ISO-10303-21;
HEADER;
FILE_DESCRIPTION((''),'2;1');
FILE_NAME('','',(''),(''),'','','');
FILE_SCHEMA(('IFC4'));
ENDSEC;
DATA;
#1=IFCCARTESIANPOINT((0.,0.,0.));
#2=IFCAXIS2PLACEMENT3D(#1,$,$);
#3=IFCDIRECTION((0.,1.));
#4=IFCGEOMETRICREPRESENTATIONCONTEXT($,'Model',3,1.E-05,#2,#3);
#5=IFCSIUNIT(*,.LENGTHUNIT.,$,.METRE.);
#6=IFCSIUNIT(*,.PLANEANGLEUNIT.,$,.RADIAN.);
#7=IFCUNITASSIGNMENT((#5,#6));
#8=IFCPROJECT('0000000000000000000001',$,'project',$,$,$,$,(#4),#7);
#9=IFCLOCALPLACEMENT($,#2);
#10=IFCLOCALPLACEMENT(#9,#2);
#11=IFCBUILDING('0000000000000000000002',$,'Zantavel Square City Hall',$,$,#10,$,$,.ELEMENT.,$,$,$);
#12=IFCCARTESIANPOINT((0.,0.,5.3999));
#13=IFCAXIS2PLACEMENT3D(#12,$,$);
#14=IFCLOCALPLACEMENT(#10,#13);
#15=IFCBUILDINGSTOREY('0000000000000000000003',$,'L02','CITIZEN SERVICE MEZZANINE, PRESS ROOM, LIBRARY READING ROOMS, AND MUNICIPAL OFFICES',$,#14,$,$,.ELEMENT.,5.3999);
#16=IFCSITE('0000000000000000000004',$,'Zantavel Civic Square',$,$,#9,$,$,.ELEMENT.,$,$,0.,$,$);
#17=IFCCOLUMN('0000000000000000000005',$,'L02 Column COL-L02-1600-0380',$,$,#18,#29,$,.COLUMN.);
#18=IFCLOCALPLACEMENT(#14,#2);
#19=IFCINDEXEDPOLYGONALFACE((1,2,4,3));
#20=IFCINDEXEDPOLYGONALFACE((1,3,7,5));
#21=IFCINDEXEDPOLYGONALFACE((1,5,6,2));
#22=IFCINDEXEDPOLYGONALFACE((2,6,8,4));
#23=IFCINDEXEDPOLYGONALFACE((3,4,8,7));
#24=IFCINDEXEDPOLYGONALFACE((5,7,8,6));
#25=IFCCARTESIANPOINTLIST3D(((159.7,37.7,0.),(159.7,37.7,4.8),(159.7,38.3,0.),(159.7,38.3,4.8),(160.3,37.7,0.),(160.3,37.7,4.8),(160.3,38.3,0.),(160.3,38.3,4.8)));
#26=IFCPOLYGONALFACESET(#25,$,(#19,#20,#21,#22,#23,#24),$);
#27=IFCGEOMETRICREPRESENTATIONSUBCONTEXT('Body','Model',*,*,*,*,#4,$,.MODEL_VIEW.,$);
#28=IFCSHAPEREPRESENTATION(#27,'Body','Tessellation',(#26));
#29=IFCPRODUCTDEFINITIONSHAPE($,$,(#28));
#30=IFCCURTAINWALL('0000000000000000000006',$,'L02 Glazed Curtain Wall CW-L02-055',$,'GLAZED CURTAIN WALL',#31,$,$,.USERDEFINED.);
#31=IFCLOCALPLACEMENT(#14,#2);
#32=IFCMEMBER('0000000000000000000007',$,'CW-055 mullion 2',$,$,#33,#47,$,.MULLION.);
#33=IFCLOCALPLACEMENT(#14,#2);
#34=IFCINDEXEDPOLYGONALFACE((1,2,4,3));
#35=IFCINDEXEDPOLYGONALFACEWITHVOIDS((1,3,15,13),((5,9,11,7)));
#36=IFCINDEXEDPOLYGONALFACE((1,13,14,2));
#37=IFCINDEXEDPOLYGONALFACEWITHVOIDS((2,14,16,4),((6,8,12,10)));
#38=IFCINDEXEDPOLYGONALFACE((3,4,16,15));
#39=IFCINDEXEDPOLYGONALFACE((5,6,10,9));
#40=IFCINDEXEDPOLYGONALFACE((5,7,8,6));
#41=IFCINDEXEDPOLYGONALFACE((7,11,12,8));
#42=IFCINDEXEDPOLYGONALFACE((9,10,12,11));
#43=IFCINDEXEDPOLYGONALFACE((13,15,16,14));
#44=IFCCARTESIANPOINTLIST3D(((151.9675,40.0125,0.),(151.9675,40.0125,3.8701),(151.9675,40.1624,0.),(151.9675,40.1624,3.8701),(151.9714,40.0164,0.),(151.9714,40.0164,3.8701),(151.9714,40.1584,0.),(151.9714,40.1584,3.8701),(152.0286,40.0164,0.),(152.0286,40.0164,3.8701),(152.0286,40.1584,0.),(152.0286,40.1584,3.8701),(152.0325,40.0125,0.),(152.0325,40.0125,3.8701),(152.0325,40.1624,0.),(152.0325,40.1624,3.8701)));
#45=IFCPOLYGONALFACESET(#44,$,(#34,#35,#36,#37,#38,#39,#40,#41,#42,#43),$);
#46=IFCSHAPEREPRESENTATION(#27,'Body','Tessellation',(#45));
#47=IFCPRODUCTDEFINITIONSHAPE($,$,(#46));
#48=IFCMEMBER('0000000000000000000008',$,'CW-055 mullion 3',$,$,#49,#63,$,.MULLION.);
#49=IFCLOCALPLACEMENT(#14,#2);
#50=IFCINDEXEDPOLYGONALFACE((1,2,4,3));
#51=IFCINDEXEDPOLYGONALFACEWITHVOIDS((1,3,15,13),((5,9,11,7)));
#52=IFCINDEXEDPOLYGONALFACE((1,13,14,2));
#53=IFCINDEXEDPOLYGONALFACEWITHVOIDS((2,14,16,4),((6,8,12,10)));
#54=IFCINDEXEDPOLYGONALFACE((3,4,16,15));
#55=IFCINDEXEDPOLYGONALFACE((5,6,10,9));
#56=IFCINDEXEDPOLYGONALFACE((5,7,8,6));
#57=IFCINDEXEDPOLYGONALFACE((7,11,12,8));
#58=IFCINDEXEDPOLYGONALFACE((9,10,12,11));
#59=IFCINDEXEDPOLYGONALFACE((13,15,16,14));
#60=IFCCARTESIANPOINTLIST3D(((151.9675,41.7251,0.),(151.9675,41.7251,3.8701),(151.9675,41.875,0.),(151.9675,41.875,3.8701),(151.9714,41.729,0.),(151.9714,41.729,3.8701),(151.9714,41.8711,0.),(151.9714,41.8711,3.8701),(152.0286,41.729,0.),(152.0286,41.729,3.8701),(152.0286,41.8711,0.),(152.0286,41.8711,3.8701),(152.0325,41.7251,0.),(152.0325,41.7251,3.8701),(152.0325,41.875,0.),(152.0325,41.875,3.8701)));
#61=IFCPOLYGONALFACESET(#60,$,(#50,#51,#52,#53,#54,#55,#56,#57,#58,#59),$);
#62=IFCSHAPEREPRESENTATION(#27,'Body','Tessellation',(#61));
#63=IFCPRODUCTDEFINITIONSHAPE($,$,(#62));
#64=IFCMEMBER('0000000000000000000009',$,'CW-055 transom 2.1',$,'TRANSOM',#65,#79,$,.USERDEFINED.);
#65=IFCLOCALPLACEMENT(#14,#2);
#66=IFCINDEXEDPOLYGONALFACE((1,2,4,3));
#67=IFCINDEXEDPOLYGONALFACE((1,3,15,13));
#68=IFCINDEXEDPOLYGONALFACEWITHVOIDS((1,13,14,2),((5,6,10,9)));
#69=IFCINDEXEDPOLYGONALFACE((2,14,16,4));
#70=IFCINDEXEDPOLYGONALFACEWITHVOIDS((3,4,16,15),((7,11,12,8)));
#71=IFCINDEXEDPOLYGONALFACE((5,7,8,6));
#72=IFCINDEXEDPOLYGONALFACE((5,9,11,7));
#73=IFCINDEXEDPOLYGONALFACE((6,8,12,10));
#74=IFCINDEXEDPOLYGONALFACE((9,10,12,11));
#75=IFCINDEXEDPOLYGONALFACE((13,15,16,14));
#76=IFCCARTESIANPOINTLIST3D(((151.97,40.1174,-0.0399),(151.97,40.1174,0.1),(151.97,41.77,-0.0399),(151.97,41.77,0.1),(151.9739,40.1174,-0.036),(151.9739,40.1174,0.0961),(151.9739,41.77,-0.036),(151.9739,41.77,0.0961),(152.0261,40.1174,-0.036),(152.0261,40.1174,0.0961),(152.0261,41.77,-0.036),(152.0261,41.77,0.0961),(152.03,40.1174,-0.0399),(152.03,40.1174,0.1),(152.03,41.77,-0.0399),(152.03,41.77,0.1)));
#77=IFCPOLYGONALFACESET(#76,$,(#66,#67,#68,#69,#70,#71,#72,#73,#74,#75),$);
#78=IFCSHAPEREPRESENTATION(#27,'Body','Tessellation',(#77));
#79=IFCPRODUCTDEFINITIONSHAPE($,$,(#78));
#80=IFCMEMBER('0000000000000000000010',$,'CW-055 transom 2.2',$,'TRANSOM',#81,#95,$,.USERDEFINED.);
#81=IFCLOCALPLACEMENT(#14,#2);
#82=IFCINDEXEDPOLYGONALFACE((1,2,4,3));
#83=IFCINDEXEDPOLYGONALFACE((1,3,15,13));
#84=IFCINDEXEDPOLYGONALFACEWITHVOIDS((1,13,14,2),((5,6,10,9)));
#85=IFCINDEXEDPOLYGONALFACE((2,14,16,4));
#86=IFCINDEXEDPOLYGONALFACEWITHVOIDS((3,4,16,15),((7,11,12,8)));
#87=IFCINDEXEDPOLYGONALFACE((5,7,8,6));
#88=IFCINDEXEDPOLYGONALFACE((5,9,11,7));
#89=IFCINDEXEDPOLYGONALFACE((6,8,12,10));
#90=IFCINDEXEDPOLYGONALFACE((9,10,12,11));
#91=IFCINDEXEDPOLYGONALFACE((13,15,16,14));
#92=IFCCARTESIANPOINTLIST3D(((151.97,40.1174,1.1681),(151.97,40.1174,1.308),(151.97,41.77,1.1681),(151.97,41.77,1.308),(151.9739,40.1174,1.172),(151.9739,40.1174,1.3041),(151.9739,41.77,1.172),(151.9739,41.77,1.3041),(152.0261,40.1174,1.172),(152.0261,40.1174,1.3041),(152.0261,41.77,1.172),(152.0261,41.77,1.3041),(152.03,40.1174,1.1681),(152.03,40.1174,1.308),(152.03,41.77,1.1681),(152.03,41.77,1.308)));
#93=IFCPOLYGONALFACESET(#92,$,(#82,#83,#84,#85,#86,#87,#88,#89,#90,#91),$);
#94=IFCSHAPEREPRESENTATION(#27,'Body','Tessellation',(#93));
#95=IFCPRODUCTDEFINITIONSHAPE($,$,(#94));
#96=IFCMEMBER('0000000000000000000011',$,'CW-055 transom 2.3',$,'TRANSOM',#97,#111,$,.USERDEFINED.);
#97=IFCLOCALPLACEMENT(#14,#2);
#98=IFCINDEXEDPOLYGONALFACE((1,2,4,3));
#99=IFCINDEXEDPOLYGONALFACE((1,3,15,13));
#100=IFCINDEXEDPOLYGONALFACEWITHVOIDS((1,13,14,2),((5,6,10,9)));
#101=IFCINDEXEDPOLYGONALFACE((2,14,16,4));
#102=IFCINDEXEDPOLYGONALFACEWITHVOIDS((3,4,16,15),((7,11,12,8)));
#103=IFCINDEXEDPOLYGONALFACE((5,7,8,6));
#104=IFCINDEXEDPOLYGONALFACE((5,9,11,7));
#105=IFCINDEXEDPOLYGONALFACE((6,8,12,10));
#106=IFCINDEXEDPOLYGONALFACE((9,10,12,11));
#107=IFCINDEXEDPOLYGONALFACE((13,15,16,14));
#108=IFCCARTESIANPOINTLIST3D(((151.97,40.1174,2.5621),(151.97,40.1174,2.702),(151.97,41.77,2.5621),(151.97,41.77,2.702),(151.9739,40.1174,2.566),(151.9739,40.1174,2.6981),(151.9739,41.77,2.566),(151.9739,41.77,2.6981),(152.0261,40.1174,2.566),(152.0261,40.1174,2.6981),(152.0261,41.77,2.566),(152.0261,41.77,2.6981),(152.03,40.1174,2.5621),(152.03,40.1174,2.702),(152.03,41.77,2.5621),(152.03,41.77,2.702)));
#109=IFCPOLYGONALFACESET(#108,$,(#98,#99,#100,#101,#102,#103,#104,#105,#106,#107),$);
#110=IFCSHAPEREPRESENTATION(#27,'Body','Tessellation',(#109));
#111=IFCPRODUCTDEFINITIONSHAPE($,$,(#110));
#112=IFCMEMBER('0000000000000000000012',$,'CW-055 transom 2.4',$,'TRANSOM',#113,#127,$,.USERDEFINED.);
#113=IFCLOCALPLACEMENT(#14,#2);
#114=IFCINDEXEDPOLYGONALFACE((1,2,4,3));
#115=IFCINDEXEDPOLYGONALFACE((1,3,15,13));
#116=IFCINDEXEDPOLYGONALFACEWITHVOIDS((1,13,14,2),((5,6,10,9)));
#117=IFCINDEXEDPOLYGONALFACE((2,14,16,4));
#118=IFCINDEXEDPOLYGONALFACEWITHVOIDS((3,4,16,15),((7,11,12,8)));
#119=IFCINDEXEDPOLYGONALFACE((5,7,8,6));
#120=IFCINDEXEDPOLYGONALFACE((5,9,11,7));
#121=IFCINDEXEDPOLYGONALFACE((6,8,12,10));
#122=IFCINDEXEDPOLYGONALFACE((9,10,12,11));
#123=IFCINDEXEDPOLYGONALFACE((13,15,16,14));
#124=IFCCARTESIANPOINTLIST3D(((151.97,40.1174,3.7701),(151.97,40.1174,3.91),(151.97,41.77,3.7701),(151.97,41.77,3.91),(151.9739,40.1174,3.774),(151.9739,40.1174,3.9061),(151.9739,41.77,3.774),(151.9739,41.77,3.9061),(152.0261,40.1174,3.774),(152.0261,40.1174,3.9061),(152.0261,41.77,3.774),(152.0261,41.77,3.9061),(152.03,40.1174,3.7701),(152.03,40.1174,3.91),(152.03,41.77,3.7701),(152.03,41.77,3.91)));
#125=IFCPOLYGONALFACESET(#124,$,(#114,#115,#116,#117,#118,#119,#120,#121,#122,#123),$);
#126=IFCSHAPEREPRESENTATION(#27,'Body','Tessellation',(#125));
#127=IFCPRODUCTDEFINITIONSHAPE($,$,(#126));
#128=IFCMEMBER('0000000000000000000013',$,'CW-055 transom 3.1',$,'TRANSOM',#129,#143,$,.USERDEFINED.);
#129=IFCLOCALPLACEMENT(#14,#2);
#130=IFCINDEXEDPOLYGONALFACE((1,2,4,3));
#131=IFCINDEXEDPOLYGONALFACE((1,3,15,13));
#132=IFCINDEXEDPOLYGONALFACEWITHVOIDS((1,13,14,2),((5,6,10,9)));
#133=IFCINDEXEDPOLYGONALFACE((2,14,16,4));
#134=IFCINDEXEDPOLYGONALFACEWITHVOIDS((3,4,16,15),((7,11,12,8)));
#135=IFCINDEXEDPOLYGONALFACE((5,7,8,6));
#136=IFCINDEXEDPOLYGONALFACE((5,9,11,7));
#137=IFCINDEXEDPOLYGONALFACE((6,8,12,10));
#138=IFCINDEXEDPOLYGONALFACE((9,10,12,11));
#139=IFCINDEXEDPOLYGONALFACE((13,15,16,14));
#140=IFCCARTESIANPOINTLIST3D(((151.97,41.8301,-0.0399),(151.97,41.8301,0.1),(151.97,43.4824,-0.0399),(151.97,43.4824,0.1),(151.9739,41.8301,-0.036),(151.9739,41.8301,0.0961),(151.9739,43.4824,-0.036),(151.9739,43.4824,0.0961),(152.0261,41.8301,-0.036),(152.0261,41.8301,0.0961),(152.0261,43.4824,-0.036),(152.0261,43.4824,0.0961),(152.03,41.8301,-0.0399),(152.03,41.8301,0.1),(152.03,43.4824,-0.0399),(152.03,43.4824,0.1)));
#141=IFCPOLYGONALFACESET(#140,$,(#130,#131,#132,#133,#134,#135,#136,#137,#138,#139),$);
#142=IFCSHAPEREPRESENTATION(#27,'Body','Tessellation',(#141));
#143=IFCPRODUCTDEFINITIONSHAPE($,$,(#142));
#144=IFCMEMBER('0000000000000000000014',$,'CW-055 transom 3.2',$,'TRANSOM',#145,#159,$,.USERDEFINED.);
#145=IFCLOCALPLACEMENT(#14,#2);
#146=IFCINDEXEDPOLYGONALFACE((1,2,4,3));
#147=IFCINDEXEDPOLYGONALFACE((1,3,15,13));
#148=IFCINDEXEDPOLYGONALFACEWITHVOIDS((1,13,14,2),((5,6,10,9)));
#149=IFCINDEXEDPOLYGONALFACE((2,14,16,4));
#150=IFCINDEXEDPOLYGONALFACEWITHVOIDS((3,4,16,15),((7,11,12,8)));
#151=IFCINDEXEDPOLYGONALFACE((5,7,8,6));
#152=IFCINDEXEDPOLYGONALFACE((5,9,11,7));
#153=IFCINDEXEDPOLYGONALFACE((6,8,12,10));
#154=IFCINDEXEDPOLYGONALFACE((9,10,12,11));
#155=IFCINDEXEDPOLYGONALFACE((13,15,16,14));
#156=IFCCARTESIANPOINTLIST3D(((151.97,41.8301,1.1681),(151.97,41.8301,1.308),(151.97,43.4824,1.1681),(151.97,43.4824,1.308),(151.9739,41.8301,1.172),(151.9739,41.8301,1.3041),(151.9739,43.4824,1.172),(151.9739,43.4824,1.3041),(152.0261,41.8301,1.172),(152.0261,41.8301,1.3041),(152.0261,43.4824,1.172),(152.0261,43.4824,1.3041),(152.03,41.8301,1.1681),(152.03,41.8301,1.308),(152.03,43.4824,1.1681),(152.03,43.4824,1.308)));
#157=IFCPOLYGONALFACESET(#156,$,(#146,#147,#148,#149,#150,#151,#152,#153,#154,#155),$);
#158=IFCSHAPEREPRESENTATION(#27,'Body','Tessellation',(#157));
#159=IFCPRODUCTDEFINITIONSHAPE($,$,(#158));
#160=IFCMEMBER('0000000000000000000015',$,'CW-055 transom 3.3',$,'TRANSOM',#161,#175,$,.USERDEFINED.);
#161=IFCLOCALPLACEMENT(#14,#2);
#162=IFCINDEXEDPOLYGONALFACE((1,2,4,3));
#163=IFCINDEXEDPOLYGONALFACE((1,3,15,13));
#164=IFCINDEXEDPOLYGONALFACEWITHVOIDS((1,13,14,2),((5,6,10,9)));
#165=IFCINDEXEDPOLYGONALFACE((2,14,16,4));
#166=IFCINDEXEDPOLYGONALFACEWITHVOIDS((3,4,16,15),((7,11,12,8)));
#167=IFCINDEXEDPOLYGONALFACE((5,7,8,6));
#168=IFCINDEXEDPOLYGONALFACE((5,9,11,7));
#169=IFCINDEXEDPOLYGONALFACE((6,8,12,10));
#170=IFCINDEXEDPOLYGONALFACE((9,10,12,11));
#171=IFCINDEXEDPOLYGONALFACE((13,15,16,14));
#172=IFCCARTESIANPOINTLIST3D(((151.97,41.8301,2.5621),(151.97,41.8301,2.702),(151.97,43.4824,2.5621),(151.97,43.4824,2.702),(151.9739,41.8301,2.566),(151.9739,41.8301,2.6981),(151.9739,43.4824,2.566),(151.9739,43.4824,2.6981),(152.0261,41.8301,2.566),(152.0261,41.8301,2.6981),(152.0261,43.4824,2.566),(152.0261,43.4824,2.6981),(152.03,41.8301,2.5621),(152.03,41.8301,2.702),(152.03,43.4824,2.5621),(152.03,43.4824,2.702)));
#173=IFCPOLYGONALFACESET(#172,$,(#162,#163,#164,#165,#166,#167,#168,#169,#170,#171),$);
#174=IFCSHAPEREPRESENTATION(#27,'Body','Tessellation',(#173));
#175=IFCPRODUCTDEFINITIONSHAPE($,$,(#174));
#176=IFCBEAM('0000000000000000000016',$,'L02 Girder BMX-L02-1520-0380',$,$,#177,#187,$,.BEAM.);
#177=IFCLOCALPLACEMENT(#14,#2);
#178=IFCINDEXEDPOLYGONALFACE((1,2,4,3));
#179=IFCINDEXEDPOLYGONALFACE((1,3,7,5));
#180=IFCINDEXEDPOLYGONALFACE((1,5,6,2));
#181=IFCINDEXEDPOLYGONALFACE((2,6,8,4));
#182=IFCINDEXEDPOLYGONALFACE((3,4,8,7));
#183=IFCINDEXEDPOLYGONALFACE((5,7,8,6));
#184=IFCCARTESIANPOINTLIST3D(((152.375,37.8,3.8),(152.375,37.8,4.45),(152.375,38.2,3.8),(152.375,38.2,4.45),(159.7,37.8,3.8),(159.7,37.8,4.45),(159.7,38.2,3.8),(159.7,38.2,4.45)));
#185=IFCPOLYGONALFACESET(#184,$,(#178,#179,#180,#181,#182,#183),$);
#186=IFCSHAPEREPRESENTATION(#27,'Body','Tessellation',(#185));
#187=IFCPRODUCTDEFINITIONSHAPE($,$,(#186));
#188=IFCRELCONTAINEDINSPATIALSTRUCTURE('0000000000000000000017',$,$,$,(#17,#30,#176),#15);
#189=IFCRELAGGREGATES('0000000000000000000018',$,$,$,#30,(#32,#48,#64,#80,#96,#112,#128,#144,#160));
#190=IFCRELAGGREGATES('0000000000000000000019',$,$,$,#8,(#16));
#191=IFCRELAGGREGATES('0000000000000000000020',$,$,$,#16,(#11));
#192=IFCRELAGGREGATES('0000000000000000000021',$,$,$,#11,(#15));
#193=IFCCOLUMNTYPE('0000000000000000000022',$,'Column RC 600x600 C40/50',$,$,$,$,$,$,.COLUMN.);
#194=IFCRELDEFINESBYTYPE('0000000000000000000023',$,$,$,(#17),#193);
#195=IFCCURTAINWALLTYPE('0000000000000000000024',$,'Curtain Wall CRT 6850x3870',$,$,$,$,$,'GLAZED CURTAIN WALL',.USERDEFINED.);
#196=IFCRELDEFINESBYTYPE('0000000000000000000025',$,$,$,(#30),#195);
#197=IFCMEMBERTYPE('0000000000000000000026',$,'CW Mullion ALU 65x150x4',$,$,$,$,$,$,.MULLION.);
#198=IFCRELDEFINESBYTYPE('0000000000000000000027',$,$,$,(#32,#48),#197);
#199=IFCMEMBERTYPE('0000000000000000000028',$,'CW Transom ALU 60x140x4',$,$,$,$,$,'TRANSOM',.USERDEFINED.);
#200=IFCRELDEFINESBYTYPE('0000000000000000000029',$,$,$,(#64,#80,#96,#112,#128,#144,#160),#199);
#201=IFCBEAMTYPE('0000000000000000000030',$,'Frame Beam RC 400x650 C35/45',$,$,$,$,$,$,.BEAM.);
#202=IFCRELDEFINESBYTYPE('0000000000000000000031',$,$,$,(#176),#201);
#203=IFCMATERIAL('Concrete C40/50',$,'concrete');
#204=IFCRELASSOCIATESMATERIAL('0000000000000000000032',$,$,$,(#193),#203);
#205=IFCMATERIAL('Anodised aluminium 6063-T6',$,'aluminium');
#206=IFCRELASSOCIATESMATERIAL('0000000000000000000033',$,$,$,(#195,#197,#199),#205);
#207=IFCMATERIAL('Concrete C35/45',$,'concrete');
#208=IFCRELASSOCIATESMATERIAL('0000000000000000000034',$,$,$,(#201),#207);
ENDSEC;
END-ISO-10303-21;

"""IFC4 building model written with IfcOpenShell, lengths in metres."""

from ifc_helpers import new_model, si_unit, direction, frame, origin, origin_2d, place, context, subcontext, project, spatial, rectangle, hollow_rectangle, extrude, material, material_profile, profile_set, type_object, element, aggregate, save


model = new_model("IFC4")

# Units and contexts
model_context = context("Model", 3, precision=1e-05, world=origin(), true_north=direction((0.0, 1.0)))
body_context = subcontext(model_context, "Body", "Model", "MODEL_VIEW")
ifc_project = project(units=[si_unit("LENGTHUNIT", "METRE"), si_unit("PLANEANGLEUNIT", "RADIAN")], contexts=[model_context])

# Site, building, storey
site_placement = place(None, origin())
site = spatial("IfcSite", under=ifc_project, at=site_placement, Name="Zantavel Civic Square", CompositionType="ELEMENT", RefElevation=0.0)
building_placement = place(site_placement, origin())
building = spatial("IfcBuilding", under=site, at=building_placement, Name="Zantavel Square City Hall", CompositionType="ELEMENT")
storey_placement = place(building_placement, frame((0.0, 0.0, 5.3999)))
storey = spatial("IfcBuildingStorey", under=building, at=storey_placement, Name="L02", Description="CITIZEN SERVICE MEZZANINE, PRESS ROOM, LIBRARY READING ROOMS, AND MUNICIPAL OFFICES", CompositionType="ELEMENT", Elevation=5.3999)

# Column
ifc_material_1 = material(Name="Concrete C40/50", Category="concrete")
ifc_material_profile_1 = material_profile(ifc_material_1, rectangle(XDim=0.6001, YDim=0.6001, at=origin_2d()), Name="RC 600x600")
ifc_profile_set_1 = profile_set([ifc_material_profile_1], Name="Concrete C40/50")
column_type = type_object("IfcColumnType", Name="Column RC 600x600 C40/50", PredefinedType="COLUMN", material=ifc_profile_set_1)
column_placement = place(storey_placement, frame((160.0, 38.0, 0.0), z_axis=(0.0, 0.0, 1.0), x_axis=(1.0, 0.0, 0.0)))
element("IfcColumn", 1, at=column_placement, inside=storey, type_object=column_type, Name="L02 Column COL-L02-1600-0380", PredefinedType="COLUMN", context=body_context, shape_type="SweptSolid", body=[
    extrude(rectangle(XDim=0.6001, YDim=0.6001, at=origin_2d()), origin(), (0.0, 0.0, 1.0), 4.8),
])

# Curtain wall, members
ifc_material_2 = material(Name="Anodised aluminium 6063-T6", Category="aluminium")
curtain_wall_type = type_object("IfcCurtainWallType", Name="Curtain Wall CRT 6850x3870", ElementType="GLAZED CURTAIN WALL", PredefinedType="USERDEFINED", material=ifc_material_2)
curtain_wall_placement = place(storey_placement, origin())
curtain_wall = element("IfcCurtainWall", 2, at=curtain_wall_placement, inside=storey, type_object=curtain_wall_type, Name="L02 Glazed Curtain Wall CW-L02-055", ObjectType="GLAZED CURTAIN WALL", PredefinedType="USERDEFINED")
ifc_material_profile_2 = material_profile(ifc_material_2, hollow_rectangle(XDim=0.0649, YDim=0.1499, WallThickness=0.0039, at=origin_2d()), Name="ALU 65x150x4")
ifc_profile_set_2 = profile_set([ifc_material_profile_2], Name="Anodised aluminium 6063-T6")
member_type_1 = type_object("IfcMemberType", Name="CW Mullion ALU 65x150x4", PredefinedType="MULLION", material=ifc_profile_set_2)
member_1_placement = place(storey_placement, frame((152.0, 40.0874, 0.0), z_axis=(0.0, 0.0, 1.0), x_axis=(-1.0, 0.0, 0.0)))
member_1 = element("IfcMember", 3, at=member_1_placement, type_object=member_type_1, Name="CW-055 mullion 2", PredefinedType="MULLION", context=body_context, shape_type="SweptSolid", body=[
    extrude(hollow_rectangle(XDim=0.0649, YDim=0.1499, WallThickness=0.0039, at=origin_2d()), origin(), (0.0, 0.0, 1.0), 3.8701),
])
member_2_placement = place(storey_placement, frame((152.0, 41.8, 0.0), z_axis=(0.0, 0.0, 1.0), x_axis=(-1.0, 0.0, 0.0)))
member_2 = element("IfcMember", 4, at=member_2_placement, type_object=member_type_1, Name="CW-055 mullion 3", PredefinedType="MULLION", context=body_context, shape_type="SweptSolid", body=[
    extrude(hollow_rectangle(XDim=0.0649, YDim=0.1499, WallThickness=0.0039, at=origin_2d()), origin(), (0.0, 0.0, 1.0), 3.8701),
])
ifc_material_profile_3 = material_profile(ifc_material_2, hollow_rectangle(XDim=0.0601, YDim=0.1399, WallThickness=0.0039, at=origin_2d()), Name="ALU 60x140x4")
ifc_profile_set_3 = profile_set([ifc_material_profile_3], Name="Anodised aluminium 6063-T6")
member_type_2 = type_object("IfcMemberType", Name="CW Transom ALU 60x140x4", ElementType="TRANSOM", PredefinedType="USERDEFINED", material=ifc_profile_set_3)
member_3_placement = place(storey_placement, frame((152.0, 40.1174, 0.03), z_axis=(0.0, 1.0, 0.0), x_axis=(-1.0, 0.0, 0.0)))
member_3 = element("IfcMember", 5, at=member_3_placement, type_object=member_type_2, Name="CW-055 transom 2.1", ObjectType="TRANSOM", PredefinedType="USERDEFINED", context=body_context, shape_type="SweptSolid", body=[
    extrude(hollow_rectangle(XDim=0.0601, YDim=0.1399, WallThickness=0.0039, at=origin_2d()), origin(), (0.0, 0.0, 1.0), 1.6526),
])
member_4_placement = place(storey_placement, frame((152.0, 40.1174, 1.238), z_axis=(0.0, 1.0, 0.0), x_axis=(-1.0, 0.0, 0.0)))
member_4 = element("IfcMember", 6, at=member_4_placement, type_object=member_type_2, Name="CW-055 transom 2.2", ObjectType="TRANSOM", PredefinedType="USERDEFINED", context=body_context, shape_type="SweptSolid", body=[
    extrude(hollow_rectangle(XDim=0.0601, YDim=0.1399, WallThickness=0.0039, at=origin_2d()), origin(), (0.0, 0.0, 1.0), 1.6526),
])
member_5_placement = place(storey_placement, frame((152.0, 40.1174, 2.6321), z_axis=(0.0, 1.0, 0.0), x_axis=(-1.0, 0.0, 0.0)))
member_5 = element("IfcMember", 7, at=member_5_placement, type_object=member_type_2, Name="CW-055 transom 2.3", ObjectType="TRANSOM", PredefinedType="USERDEFINED", context=body_context, shape_type="SweptSolid", body=[
    extrude(hollow_rectangle(XDim=0.0601, YDim=0.1399, WallThickness=0.0039, at=origin_2d()), origin(), (0.0, 0.0, 1.0), 1.6526),
])
member_6_placement = place(storey_placement, frame((152.0, 40.1174, 3.8401), z_axis=(0.0, 1.0, 0.0), x_axis=(-1.0, 0.0, 0.0)))
member_6 = element("IfcMember", 8, at=member_6_placement, type_object=member_type_2, Name="CW-055 transom 2.4", ObjectType="TRANSOM", PredefinedType="USERDEFINED", context=body_context, shape_type="SweptSolid", body=[
    extrude(hollow_rectangle(XDim=0.0601, YDim=0.1399, WallThickness=0.0039, at=origin_2d()), origin(), (0.0, 0.0, 1.0), 1.6526),
])
member_7_placement = place(storey_placement, frame((152.0, 41.8301, 0.03), z_axis=(0.0, 1.0, 0.0), x_axis=(-1.0, 0.0, 0.0)))
member_7 = element("IfcMember", 9, at=member_7_placement, type_object=member_type_2, Name="CW-055 transom 3.1", ObjectType="TRANSOM", PredefinedType="USERDEFINED", context=body_context, shape_type="SweptSolid", body=[
    extrude(hollow_rectangle(XDim=0.0601, YDim=0.1399, WallThickness=0.0039, at=origin_2d()), origin(), (0.0, 0.0, 1.0), 1.6523),
])
member_8_placement = place(storey_placement, frame((152.0, 41.8301, 1.238), z_axis=(0.0, 1.0, 0.0), x_axis=(-1.0, 0.0, 0.0)))
member_8 = element("IfcMember", 10, at=member_8_placement, type_object=member_type_2, Name="CW-055 transom 3.2", ObjectType="TRANSOM", PredefinedType="USERDEFINED", context=body_context, shape_type="SweptSolid", body=[
    extrude(hollow_rectangle(XDim=0.0601, YDim=0.1399, WallThickness=0.0039, at=origin_2d()), origin(), (0.0, 0.0, 1.0), 1.6523),
])
member_9_placement = place(storey_placement, frame((152.0, 41.8301, 2.6321), z_axis=(0.0, 1.0, 0.0), x_axis=(-1.0, 0.0, 0.0)))
member_9 = element("IfcMember", 11, at=member_9_placement, type_object=member_type_2, Name="CW-055 transom 3.3", ObjectType="TRANSOM", PredefinedType="USERDEFINED", context=body_context, shape_type="SweptSolid", body=[
    extrude(hollow_rectangle(XDim=0.0601, YDim=0.1399, WallThickness=0.0039, at=origin_2d()), origin(), (0.0, 0.0, 1.0), 1.6523),
])

# Beam
ifc_material_3 = material(Name="Concrete C35/45", Category="concrete")
ifc_material_profile_4 = material_profile(ifc_material_3, rectangle(XDim=0.3999, YDim=0.6499, at=origin_2d()), Name="RC 400x650")
ifc_profile_set_4 = profile_set([ifc_material_profile_4], Name="Concrete C35/45")
beam_type_1 = type_object("IfcBeamType", Name="Frame Beam RC 400x650 C35/45", PredefinedType="BEAM", material=ifc_profile_set_4)
beam_1_placement = place(storey_placement, frame((152.375, 38.0, 4.125), z_axis=(1.0, 0.0, 0.0), x_axis=(0.0, 1.0, 0.0)))
element("IfcBeam", 12, at=beam_1_placement, inside=storey, type_object=beam_type_1, Name="L02 Girder BMX-L02-1520-0380", PredefinedType="BEAM", context=body_context, shape_type="SweptSolid", body=[
    extrude(rectangle(XDim=0.3999, YDim=0.6499, at=origin_2d()), origin(), (0.0, 0.0, 1.0), 7.325),
])

aggregate(curtain_wall, [member_1, member_2, member_3, member_4, member_5, member_6, member_7, member_8, member_9])

save(model, "model.ifc")
